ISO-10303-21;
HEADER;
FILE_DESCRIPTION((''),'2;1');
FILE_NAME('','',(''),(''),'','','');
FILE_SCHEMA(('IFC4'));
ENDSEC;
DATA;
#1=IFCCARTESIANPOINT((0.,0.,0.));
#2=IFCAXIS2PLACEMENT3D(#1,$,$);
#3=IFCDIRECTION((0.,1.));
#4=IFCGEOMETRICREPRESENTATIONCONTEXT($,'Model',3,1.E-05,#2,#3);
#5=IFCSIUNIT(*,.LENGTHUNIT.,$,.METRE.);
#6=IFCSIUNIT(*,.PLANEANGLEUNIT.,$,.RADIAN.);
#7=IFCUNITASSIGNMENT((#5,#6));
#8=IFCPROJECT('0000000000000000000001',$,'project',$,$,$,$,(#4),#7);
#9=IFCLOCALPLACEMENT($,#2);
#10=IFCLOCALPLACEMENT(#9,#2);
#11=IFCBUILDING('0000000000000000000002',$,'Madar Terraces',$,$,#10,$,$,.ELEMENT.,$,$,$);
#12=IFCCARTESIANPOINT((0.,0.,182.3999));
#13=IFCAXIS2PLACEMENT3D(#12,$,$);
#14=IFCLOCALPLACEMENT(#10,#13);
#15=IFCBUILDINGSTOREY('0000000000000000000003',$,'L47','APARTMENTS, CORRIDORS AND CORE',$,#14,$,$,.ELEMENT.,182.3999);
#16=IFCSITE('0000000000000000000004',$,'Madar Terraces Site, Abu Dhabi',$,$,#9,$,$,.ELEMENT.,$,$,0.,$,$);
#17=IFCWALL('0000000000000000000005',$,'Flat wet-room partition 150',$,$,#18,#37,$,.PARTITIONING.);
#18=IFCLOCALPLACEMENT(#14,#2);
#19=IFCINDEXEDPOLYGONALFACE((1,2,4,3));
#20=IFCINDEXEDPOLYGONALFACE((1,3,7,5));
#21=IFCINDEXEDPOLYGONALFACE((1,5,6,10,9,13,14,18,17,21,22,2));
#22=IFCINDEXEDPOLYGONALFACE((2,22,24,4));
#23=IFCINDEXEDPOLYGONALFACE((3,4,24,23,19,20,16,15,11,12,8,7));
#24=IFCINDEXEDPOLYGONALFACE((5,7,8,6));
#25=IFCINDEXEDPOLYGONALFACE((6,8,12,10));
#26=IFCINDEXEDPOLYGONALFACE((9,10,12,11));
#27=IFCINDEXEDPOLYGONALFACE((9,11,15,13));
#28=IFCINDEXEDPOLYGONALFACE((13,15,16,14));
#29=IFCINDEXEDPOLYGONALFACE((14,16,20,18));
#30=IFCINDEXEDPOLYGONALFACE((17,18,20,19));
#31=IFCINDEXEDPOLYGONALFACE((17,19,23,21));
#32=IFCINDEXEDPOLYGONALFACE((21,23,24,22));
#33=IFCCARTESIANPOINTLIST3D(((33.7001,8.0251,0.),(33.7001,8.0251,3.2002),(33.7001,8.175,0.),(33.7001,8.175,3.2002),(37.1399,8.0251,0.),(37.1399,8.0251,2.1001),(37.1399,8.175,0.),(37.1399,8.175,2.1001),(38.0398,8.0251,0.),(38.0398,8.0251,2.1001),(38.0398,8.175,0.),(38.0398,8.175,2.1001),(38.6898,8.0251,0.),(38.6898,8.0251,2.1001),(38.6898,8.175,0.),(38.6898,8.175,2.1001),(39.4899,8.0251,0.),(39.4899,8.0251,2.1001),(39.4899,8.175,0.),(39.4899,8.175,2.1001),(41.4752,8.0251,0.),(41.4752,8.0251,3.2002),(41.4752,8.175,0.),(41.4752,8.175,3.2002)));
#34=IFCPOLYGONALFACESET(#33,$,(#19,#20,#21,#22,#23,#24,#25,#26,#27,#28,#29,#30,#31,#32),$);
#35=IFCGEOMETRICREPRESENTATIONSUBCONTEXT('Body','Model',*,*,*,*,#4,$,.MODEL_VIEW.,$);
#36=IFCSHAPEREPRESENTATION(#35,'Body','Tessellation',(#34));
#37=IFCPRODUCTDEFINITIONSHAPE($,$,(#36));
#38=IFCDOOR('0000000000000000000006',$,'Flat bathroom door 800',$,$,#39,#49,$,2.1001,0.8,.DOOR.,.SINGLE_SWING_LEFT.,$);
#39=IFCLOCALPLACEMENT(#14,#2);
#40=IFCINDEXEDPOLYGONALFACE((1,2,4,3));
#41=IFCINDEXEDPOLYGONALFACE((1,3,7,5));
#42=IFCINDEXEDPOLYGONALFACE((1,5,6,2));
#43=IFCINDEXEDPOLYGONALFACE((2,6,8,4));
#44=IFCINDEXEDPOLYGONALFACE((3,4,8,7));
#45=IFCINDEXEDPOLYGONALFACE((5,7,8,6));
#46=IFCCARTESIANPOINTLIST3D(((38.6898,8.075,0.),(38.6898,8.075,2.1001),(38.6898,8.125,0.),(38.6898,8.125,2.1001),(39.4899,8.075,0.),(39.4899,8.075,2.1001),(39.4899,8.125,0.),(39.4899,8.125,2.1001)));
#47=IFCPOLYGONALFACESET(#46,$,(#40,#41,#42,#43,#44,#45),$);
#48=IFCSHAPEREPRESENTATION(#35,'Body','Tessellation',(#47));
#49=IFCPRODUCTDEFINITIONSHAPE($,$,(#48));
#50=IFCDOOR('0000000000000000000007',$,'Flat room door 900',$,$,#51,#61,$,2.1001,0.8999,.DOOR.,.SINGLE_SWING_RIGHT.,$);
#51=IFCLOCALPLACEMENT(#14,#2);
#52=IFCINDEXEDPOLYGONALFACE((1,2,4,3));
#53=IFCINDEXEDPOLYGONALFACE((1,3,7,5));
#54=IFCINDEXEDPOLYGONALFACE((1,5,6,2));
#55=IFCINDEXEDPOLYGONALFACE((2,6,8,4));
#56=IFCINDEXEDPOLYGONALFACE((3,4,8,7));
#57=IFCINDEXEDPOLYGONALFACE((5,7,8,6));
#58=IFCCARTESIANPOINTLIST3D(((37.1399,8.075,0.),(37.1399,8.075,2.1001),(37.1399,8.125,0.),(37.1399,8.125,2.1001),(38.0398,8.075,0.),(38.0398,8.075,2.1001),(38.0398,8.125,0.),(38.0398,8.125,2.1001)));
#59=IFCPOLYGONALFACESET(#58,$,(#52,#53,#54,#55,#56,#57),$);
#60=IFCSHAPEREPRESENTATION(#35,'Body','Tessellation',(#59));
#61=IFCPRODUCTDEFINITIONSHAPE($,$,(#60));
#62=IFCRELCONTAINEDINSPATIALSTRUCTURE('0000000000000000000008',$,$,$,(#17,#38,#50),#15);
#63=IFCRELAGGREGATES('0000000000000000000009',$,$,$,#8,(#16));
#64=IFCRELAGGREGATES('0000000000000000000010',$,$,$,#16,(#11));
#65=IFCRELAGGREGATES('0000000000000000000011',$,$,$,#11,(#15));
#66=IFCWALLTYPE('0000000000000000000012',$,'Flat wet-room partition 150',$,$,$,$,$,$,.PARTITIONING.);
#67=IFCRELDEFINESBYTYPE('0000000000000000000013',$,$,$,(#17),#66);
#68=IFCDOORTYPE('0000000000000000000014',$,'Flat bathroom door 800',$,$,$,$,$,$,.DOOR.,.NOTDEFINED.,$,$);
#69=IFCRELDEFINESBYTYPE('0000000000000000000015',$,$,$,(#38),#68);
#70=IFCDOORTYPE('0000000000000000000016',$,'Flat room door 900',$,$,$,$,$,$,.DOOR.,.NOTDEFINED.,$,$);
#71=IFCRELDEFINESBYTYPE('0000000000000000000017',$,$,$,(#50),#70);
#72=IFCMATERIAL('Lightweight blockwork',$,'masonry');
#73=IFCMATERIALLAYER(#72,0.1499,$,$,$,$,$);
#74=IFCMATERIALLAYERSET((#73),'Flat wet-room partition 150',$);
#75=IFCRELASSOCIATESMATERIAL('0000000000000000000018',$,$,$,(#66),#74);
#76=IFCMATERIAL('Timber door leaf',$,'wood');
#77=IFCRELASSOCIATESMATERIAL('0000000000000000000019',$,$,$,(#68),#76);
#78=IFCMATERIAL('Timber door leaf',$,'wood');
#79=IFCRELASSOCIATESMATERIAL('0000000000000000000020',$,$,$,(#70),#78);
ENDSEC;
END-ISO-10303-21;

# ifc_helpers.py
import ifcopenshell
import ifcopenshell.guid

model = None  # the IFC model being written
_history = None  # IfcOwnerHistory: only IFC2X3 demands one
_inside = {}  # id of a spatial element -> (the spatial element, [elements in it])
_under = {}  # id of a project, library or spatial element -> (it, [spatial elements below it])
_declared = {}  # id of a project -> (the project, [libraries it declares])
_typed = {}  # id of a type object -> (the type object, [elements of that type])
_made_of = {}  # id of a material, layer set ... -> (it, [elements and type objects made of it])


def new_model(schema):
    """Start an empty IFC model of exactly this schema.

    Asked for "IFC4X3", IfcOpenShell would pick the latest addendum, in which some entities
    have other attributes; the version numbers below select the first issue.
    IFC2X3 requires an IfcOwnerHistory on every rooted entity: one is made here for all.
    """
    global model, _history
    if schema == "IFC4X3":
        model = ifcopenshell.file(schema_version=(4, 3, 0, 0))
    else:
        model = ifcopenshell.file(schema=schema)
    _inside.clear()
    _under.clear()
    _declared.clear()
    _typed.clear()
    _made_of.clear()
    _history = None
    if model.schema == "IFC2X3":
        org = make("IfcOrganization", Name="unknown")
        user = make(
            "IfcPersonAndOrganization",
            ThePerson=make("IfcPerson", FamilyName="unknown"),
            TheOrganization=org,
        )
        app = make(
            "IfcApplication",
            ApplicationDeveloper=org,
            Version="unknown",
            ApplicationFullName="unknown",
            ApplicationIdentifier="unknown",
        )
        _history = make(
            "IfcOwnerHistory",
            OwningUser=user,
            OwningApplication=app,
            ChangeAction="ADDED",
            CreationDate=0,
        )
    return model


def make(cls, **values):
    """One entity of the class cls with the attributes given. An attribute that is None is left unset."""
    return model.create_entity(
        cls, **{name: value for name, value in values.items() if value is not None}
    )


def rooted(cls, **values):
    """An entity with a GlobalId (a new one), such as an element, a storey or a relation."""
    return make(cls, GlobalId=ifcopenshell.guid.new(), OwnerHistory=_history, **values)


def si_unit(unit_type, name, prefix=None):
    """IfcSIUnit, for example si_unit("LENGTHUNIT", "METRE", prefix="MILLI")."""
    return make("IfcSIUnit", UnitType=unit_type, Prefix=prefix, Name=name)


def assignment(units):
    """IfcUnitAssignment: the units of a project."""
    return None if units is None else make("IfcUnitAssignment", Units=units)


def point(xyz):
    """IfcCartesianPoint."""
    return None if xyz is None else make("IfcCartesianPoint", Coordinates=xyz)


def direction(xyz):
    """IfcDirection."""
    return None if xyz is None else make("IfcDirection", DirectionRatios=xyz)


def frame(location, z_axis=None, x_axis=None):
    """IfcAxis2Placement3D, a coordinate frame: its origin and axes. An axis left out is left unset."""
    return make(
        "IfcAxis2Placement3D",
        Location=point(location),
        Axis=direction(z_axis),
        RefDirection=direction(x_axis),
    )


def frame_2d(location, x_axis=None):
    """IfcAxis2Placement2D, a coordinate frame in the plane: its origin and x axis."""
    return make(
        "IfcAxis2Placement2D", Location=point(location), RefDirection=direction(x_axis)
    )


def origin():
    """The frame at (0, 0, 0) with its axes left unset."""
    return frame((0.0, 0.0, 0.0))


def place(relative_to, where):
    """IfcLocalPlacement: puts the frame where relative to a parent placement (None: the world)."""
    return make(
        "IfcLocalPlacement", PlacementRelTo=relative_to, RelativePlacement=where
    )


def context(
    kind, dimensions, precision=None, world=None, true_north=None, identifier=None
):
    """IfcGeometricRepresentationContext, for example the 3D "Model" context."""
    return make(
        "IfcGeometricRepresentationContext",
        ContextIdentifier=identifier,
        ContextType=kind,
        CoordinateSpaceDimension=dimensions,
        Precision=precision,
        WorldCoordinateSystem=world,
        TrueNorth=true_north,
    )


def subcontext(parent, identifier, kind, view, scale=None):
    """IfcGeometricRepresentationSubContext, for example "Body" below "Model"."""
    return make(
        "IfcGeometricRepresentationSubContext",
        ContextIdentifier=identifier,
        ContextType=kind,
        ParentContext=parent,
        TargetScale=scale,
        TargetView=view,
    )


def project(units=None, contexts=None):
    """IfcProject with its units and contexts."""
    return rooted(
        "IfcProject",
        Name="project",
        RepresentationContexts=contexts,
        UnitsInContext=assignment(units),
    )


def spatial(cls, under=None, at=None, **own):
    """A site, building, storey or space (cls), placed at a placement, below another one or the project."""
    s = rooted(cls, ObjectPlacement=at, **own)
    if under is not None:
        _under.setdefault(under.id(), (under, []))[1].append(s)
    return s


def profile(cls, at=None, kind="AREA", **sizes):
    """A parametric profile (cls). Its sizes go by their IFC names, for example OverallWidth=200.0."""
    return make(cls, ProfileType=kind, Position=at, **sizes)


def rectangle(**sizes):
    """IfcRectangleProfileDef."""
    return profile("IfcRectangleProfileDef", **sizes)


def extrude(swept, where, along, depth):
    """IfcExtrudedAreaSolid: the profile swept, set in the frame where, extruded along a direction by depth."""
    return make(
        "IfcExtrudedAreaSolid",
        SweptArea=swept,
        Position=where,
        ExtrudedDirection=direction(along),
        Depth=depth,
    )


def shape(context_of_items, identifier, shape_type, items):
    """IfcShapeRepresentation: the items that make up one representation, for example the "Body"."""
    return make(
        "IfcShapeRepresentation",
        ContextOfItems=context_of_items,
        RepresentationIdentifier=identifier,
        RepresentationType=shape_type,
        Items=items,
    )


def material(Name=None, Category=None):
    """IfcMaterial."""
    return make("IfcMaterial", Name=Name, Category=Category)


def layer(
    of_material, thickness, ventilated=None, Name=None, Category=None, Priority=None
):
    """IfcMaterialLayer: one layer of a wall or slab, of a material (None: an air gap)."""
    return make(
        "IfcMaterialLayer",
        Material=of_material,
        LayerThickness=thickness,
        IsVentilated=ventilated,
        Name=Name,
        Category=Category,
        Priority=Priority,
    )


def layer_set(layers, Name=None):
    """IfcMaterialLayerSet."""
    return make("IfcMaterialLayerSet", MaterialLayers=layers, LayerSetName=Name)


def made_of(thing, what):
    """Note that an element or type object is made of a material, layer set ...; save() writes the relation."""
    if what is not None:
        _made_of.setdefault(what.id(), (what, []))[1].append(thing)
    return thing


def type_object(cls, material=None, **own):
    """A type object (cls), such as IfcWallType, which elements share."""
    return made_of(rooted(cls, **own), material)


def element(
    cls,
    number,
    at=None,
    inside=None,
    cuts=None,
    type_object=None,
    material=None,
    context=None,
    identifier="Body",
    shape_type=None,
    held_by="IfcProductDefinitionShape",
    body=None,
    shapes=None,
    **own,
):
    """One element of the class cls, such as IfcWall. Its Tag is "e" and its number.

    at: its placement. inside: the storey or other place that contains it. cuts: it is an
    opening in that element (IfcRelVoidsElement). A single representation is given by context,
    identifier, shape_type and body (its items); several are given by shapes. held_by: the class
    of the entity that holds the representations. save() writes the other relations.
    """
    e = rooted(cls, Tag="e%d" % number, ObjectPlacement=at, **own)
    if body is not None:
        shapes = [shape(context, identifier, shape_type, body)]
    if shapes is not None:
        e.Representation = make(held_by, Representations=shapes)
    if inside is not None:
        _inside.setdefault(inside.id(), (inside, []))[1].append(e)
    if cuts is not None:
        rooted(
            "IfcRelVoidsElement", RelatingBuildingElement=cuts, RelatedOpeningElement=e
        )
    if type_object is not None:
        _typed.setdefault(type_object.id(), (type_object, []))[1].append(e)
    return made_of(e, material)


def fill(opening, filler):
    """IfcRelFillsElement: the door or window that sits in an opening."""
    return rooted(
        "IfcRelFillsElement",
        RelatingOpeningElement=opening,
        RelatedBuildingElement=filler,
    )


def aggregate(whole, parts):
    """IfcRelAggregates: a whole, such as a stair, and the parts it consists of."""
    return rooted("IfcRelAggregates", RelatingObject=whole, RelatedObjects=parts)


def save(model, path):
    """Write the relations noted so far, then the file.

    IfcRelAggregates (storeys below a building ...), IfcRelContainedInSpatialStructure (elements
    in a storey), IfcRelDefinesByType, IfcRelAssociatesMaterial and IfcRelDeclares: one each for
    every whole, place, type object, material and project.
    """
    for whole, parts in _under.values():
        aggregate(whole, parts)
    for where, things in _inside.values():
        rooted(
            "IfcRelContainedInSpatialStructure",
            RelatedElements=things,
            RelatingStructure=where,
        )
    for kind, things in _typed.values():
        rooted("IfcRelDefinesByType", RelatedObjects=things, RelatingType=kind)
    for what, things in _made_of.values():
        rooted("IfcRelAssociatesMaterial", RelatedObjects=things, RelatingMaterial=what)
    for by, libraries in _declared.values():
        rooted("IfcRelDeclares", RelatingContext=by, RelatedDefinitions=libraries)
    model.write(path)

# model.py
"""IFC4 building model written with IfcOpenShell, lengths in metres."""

from ifc_helpers import new_model, si_unit, direction, frame, frame_2d, origin, place, context, subcontext, project, spatial, rectangle, extrude, material, layer, layer_set, type_object, element, fill, save


model = new_model("IFC4")

# Units and contexts
model_context = context("Model", 3, precision=1e-05, world=origin(), true_north=direction((0.0, 1.0)))
body_context = subcontext(model_context, "Body", "Model", "MODEL_VIEW")
ifc_project = project(units=[si_unit("LENGTHUNIT", "METRE"), si_unit("PLANEANGLEUNIT", "RADIAN")], contexts=[model_context])

# Site, building, storey
site_placement = place(None, origin())
site = spatial("IfcSite", under=ifc_project, at=site_placement, Name="Madar Terraces Site, Abu Dhabi", CompositionType="ELEMENT", RefElevation=0.0)
building_placement = place(site_placement, origin())
building = spatial("IfcBuilding", under=site, at=building_placement, Name="Madar Terraces", CompositionType="ELEMENT")
storey_placement = place(building_placement, frame((0.0, 0.0, 182.3999)))
storey = spatial("IfcBuildingStorey", under=building, at=storey_placement, Name="L47", Description="APARTMENTS, CORRIDORS AND CORE", CompositionType="ELEMENT", Elevation=182.3999)

# Shared definitions
ifc_material_1 = material(Name="Lightweight blockwork", Category="masonry")
ifc_layer_1 = layer(ifc_material_1, 0.1499)
ifc_layer_set_1 = layer_set([ifc_layer_1], Name="Flat wet-room partition 150")
wall_type_1 = type_object("IfcWallType", Name="Flat wet-room partition 150", PredefinedType="PARTITIONING", material=ifc_layer_set_1)

# Wall, openings, doors
wall_1_placement = place(storey_placement, frame((33.7, 8.1001, 0.0), z_axis=(0.0, 0.0, 1.0), x_axis=(1.0, 0.0, 0.0)))
wall_1 = element("IfcWall", 1, at=wall_1_placement, inside=storey, type_object=wall_type_1, Name="Flat wet-room partition 150", PredefinedType="PARTITIONING", context=body_context, shape_type="SweptSolid", body=[
    extrude(rectangle(XDim=7.7751, YDim=0.1499, at=frame_2d((3.8877, 0.0))), origin(), (0.0, 0.0, 1.0), 3.2002),
])
opening_1_placement = place(wall_1_placement, frame((4.99, 0.0, 0.0)))
opening_1 = element("IfcOpeningElement", 2, at=opening_1_placement, cuts=wall_1, PredefinedType="OPENING", context=body_context, shape_type="SweptSolid", body=[
    extrude(rectangle(XDim=0.8, YDim=2.1001, at=frame_2d((0.3999, 1.05))), frame((0.0, 0.085, 0.0), z_axis=(0.0, -1.0, 0.0), x_axis=(1.0, 0.0, 0.0)), (0.0, 0.0, 1.0), 0.1699),
])
opening_2_placement = place(wall_1_placement, frame((3.4399, 0.0, 0.0)))
opening_2 = element("IfcOpeningElement", 3, at=opening_2_placement, cuts=wall_1, PredefinedType="OPENING", context=body_context, shape_type="SweptSolid", body=[
    extrude(rectangle(XDim=0.8999, YDim=2.1001, at=frame_2d((0.45, 1.05))), frame((0.0, 0.085, 0.0), z_axis=(0.0, -1.0, 0.0), x_axis=(1.0, 0.0, 0.0)), (0.0, 0.0, 1.0), 0.1699),
])
ifc_material_2 = material(Name="Timber door leaf", Category="wood")
door_type_1 = type_object("IfcDoorType", Name="Flat bathroom door 800", OperationType="NOTDEFINED", PredefinedType="DOOR", material=ifc_material_2)
door_1_placement = place(opening_1_placement, origin())
door_1 = element("IfcDoor", 4, at=door_1_placement, inside=storey, type_object=door_type_1, Name="Flat bathroom door 800", OperationType="SINGLE_SWING_LEFT", OverallHeight=2.1001, OverallWidth=0.8, PredefinedType="DOOR", context=body_context, shape_type="SweptSolid", body=[
    extrude(rectangle(XDim=0.8, YDim=2.1001, at=frame_2d((0.3999, 1.05))), frame((0.0, 0.0249, 0.0), z_axis=(0.0, -1.0, 0.0), x_axis=(1.0, 0.0, 0.0)), (0.0, 0.0, 1.0), 0.05),
])
fill(opening_1, door_1)
ifc_material_3 = material(Name="Timber door leaf", Category="wood")
door_type_2 = type_object("IfcDoorType", Name="Flat room door 900", OperationType="NOTDEFINED", PredefinedType="DOOR", material=ifc_material_3)
door_2_placement = place(opening_2_placement, origin())
door_2 = element("IfcDoor", 5, at=door_2_placement, inside=storey, type_object=door_type_2, Name="Flat room door 900", OperationType="SINGLE_SWING_RIGHT", OverallHeight=2.1001, OverallWidth=0.8999, PredefinedType="DOOR", context=body_context, shape_type="SweptSolid", body=[
    extrude(rectangle(XDim=0.8999, YDim=2.1001, at=frame_2d((0.45, 1.05))), frame((0.0, 0.0249, 0.0), z_axis=(0.0, -1.0, 0.0), x_axis=(1.0, 0.0, 0.0)), (0.0, 0.0, 1.0), 0.05),
])
fill(opening_2, door_2)

save(model, "model.ifc")
